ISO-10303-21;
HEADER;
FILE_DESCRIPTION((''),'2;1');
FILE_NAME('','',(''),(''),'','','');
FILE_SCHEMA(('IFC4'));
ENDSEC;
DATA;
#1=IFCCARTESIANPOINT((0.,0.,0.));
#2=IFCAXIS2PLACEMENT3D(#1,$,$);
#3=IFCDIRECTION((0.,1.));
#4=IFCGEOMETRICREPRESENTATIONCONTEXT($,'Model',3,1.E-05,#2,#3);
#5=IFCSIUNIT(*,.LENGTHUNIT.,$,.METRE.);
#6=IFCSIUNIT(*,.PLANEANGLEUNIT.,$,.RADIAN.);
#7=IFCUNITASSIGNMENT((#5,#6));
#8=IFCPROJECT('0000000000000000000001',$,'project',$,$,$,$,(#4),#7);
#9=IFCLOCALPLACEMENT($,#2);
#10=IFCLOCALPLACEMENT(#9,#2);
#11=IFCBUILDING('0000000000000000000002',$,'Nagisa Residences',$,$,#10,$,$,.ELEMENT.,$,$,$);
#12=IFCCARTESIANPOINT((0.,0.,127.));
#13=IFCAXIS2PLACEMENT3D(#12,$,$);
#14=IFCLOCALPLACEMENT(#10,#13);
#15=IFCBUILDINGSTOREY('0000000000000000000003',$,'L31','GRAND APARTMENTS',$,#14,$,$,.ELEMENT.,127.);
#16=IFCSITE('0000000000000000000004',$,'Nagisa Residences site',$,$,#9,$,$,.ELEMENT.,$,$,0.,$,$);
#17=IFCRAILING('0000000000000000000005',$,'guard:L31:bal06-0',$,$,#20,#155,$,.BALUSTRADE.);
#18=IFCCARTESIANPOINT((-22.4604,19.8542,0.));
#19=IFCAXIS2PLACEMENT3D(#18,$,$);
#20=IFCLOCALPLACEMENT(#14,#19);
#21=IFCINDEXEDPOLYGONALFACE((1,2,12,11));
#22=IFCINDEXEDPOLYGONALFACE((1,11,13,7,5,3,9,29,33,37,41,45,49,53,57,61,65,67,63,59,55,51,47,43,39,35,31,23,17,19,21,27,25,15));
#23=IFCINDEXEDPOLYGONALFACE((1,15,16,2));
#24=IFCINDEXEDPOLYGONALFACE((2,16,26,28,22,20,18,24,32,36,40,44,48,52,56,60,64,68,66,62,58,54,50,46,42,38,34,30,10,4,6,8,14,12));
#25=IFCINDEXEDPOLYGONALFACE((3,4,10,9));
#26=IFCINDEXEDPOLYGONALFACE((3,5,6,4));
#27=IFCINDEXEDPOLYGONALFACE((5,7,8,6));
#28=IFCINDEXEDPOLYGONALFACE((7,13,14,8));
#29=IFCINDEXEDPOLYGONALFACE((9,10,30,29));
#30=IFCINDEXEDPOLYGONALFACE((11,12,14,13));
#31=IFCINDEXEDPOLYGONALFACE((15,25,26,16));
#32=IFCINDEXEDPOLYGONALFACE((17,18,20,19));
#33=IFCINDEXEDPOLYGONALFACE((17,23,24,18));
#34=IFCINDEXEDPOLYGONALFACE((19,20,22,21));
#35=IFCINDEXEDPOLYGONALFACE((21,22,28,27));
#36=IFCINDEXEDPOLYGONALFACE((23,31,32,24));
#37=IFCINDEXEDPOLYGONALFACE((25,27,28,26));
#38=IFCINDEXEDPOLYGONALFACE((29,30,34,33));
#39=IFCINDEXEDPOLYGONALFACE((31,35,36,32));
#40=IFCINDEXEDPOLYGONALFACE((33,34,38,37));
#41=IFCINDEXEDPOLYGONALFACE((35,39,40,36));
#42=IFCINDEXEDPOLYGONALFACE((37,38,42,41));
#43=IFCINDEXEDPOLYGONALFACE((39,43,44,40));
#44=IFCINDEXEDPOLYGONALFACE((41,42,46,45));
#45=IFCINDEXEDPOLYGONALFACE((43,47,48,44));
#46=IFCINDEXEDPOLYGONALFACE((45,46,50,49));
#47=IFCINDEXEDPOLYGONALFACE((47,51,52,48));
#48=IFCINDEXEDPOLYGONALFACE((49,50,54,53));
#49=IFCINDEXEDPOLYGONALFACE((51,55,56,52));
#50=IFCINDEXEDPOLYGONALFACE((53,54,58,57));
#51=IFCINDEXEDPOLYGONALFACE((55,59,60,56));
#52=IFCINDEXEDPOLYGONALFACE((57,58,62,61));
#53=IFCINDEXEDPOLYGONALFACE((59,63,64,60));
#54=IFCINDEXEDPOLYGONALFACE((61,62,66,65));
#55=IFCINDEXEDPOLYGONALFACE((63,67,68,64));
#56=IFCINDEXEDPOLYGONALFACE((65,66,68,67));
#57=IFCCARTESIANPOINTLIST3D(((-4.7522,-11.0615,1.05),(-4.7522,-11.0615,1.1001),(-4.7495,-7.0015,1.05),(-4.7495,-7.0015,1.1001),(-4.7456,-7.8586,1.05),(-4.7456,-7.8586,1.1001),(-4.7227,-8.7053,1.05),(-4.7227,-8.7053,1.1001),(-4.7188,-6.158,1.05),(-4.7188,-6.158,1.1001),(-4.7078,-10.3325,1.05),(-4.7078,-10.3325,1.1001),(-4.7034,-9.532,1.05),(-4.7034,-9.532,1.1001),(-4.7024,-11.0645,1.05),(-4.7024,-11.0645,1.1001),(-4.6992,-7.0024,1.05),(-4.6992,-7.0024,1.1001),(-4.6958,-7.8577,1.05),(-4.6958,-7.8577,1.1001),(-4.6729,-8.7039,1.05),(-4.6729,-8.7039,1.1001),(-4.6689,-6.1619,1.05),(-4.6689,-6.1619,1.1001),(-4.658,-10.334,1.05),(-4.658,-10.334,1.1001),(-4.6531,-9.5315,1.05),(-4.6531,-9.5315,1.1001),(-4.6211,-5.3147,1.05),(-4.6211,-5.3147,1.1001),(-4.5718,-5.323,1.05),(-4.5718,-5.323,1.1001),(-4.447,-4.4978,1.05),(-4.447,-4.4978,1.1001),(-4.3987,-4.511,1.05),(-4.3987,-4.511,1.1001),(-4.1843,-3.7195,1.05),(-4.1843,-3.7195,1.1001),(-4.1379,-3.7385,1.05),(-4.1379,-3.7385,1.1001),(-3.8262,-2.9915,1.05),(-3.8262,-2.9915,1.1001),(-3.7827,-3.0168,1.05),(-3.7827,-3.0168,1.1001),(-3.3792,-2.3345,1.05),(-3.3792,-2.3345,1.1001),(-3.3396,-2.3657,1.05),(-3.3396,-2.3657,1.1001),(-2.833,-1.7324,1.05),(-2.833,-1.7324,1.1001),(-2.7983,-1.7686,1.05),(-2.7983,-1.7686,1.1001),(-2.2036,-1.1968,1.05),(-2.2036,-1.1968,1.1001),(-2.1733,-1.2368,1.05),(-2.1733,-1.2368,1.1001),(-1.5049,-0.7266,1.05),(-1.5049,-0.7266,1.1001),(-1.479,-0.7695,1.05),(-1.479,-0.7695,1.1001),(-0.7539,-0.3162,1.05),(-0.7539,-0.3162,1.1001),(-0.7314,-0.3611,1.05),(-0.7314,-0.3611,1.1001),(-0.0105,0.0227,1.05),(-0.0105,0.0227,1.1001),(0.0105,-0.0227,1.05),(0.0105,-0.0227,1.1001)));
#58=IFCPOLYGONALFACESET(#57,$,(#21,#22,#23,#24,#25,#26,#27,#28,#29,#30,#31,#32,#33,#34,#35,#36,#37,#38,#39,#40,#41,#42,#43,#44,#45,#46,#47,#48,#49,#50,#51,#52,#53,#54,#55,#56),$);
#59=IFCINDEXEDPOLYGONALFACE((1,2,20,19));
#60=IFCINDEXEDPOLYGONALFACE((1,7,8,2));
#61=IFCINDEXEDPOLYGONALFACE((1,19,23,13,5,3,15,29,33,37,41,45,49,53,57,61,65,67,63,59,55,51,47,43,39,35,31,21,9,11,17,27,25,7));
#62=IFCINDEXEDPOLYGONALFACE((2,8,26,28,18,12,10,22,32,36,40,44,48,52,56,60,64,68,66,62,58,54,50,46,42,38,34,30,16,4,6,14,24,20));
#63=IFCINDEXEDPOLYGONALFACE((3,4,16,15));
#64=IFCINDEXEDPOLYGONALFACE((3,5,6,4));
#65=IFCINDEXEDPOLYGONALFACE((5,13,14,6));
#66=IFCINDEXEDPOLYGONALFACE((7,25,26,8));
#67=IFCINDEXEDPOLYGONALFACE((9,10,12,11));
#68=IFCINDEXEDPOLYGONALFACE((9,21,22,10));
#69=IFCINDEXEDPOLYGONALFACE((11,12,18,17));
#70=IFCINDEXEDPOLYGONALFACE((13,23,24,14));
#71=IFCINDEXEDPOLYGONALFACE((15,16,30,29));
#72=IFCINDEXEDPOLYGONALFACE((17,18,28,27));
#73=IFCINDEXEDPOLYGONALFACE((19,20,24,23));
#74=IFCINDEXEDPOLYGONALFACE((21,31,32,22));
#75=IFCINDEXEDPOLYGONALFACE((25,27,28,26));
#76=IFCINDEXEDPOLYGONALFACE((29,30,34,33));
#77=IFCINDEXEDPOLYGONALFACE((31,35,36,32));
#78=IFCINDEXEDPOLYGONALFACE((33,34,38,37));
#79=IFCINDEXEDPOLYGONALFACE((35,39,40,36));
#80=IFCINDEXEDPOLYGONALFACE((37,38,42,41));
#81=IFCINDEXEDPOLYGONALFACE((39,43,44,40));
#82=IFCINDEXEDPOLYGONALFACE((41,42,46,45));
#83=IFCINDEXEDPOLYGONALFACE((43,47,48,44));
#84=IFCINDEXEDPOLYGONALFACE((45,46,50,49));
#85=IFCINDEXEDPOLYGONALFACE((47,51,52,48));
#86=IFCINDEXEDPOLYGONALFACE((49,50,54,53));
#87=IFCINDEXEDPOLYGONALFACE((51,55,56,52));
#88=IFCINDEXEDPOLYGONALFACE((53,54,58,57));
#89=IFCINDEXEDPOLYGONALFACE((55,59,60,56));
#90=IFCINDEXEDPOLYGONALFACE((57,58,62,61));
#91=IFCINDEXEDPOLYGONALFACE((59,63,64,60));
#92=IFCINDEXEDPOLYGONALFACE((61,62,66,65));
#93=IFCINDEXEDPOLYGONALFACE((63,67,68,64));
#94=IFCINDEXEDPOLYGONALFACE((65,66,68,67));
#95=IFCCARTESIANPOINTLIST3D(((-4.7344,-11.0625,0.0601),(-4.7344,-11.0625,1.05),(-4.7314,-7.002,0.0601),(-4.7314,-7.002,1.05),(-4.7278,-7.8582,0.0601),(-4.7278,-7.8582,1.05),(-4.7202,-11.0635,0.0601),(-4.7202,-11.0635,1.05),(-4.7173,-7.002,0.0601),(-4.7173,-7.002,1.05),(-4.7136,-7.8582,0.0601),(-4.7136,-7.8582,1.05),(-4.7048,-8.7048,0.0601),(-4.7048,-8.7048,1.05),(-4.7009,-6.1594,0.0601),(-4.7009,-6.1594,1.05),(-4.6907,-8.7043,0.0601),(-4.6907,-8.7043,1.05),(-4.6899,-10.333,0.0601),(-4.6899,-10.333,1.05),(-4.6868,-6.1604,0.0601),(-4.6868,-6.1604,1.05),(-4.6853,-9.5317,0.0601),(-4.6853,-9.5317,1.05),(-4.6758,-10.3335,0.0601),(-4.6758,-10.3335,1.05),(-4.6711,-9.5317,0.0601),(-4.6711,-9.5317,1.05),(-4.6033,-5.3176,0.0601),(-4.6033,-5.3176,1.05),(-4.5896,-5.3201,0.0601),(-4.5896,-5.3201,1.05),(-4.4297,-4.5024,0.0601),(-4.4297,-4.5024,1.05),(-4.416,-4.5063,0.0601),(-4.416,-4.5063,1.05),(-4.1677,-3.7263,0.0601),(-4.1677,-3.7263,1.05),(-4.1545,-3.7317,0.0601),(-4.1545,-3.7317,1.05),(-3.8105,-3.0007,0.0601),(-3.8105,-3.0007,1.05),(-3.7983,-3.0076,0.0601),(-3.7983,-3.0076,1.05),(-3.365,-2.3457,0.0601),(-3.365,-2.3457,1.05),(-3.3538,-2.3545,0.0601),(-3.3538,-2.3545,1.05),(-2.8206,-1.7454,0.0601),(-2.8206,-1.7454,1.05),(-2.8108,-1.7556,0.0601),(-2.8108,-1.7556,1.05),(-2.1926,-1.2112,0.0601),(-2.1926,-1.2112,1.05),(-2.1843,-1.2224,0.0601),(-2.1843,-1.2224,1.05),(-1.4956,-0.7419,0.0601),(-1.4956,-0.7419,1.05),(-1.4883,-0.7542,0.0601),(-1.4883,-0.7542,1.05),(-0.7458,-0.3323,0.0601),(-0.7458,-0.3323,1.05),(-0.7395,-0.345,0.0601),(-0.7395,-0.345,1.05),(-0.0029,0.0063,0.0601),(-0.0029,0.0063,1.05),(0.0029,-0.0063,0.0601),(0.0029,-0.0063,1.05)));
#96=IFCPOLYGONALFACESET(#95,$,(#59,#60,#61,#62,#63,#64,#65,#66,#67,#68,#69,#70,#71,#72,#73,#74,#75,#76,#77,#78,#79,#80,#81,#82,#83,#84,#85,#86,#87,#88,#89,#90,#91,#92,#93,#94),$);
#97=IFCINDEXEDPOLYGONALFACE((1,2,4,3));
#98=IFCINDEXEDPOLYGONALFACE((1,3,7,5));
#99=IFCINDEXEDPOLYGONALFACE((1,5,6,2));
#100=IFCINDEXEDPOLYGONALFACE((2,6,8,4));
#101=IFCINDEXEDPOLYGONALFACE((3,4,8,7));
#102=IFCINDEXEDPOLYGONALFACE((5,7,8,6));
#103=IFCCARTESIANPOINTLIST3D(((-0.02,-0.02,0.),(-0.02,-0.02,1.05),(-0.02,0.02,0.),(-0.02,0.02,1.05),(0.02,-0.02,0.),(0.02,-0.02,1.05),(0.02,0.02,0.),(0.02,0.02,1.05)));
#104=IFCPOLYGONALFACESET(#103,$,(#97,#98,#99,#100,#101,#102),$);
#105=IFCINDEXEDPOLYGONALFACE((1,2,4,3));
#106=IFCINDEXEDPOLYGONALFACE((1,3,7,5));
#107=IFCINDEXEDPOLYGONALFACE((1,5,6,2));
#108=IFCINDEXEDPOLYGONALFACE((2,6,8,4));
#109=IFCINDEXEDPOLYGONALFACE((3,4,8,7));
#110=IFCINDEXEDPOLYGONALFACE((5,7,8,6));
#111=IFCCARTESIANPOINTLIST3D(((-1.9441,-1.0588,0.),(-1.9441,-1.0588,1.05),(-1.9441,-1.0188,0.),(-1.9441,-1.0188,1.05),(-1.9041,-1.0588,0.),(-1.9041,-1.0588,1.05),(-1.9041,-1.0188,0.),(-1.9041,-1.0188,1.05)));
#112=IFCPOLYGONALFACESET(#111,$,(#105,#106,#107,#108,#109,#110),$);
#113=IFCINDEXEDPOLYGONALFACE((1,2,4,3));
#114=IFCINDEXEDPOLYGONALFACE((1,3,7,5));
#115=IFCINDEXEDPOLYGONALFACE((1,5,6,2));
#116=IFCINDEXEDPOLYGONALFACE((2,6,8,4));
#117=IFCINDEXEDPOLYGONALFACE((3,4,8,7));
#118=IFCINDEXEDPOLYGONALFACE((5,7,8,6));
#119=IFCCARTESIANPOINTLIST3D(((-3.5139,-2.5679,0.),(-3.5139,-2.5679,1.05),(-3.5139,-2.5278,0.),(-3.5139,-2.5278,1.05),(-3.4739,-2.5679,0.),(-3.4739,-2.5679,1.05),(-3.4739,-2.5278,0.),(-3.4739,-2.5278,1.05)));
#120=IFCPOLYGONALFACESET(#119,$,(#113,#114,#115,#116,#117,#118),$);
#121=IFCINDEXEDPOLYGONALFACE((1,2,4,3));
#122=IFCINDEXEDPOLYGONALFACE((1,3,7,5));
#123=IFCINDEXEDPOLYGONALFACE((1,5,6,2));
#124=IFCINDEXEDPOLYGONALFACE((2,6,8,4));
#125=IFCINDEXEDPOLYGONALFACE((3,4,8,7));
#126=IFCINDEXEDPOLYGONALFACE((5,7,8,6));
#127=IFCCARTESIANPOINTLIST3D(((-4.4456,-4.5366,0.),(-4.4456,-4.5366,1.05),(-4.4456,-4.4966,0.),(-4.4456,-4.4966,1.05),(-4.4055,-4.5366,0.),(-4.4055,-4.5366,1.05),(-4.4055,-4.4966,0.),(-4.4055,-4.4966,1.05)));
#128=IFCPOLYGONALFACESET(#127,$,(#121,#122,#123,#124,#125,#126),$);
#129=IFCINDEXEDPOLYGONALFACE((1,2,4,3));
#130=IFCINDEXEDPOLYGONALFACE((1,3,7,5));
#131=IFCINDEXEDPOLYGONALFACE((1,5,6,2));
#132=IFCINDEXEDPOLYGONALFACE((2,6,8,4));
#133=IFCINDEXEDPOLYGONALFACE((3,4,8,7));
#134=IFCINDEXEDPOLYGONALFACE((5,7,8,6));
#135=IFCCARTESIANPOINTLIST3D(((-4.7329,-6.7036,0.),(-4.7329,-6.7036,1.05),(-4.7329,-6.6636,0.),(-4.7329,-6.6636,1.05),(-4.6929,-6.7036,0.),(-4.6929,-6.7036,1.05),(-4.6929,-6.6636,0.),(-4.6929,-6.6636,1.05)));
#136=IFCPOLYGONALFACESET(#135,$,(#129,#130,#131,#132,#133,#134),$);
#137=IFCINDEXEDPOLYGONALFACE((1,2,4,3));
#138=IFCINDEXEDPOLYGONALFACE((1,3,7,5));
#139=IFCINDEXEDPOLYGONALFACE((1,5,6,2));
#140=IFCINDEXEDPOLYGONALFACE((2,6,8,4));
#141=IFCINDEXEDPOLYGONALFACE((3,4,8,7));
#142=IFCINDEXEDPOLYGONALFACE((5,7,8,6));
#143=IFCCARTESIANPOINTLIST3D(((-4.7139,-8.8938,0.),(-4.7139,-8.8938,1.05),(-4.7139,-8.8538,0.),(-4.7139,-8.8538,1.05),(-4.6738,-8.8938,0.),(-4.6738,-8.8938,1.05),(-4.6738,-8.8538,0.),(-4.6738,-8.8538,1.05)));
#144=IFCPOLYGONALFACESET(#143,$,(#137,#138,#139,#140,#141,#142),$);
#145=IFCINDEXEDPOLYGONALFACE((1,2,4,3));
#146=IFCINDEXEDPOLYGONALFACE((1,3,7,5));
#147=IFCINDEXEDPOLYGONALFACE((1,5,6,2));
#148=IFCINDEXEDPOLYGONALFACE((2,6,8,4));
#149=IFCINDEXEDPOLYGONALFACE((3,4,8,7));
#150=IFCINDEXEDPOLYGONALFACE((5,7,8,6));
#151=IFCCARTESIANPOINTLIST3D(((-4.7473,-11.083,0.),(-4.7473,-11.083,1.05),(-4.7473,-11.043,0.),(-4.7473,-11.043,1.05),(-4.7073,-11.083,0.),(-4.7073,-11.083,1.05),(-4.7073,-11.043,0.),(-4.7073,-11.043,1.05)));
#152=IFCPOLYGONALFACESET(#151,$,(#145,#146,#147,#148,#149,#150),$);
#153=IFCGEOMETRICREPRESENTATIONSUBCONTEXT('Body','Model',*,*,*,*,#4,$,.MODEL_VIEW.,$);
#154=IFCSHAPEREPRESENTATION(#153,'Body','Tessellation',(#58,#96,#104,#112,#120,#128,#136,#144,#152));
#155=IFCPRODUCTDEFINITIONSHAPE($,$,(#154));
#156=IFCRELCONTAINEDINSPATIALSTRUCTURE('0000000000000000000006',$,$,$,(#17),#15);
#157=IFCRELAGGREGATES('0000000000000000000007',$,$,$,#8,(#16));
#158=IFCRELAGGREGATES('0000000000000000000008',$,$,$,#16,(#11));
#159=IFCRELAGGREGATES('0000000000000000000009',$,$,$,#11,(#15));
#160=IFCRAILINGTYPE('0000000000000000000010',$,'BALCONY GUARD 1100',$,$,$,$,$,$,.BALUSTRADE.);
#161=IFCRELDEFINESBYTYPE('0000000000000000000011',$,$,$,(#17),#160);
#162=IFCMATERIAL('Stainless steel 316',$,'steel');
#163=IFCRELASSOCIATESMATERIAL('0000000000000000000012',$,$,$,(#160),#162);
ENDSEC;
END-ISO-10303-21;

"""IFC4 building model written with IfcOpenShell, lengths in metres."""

from ifc_helpers import new_model, si_unit, direction, frame, origin, origin_2d, place, context, subcontext, project, spatial, polyline, rectangle, outline, extrude, material, type_object, element, save


model = new_model("IFC4")

# Units and contexts
model_context = context("Model", 3, precision=1e-05, world=origin(), true_north=direction((0.0, 1.0)))
body_context = subcontext(model_context, "Body", "Model", "MODEL_VIEW")
ifc_project = project(units=[si_unit("LENGTHUNIT", "METRE"), si_unit("PLANEANGLEUNIT", "RADIAN")], contexts=[model_context])

# Site, building, storey
site_placement = place(None, origin())
site = spatial("IfcSite", under=ifc_project, at=site_placement, Name="Nagisa Residences site", CompositionType="ELEMENT", RefElevation=0.0)
building_placement = place(site_placement, origin())
building = spatial("IfcBuilding", under=site, at=building_placement, Name="Nagisa Residences", CompositionType="ELEMENT")
storey_placement = place(building_placement, frame((0.0, 0.0, 127.0)))
storey = spatial("IfcBuildingStorey", under=building, at=storey_placement, Name="L31", Description="GRAND APARTMENTS", CompositionType="ELEMENT", Elevation=127.0)

# Railing
ifc_material_1 = material(Name="Stainless steel 316", Category="steel")
railing_type = type_object("IfcRailingType", Name="BALCONY GUARD 1100", PredefinedType="BALUSTRADE", material=ifc_material_1)
railing_1_placement = place(storey_placement, frame((-22.4604, 19.8542, 0.0)))
element("IfcRailing", 1, at=railing_1_placement, inside=storey, type_object=railing_type, Name="guard:L31:bal06-0", PredefinedType="BALUSTRADE", context=body_context, shape_type="SweptSolid", body=[
    extrude(outline(polyline([(-0.7314, -0.3611), (0.0105, -0.0227), (-0.0105, 0.0227), (-0.7539, -0.3162), (-1.5049, -0.7266), (-2.2036, -1.1968), (-2.833, -1.7324), (-3.3792, -2.3345), (-3.8262, -2.9915), (-4.1843, -3.7195), (-4.447, -4.4978), (-4.6211, -5.3147), (-4.7188, -6.158), (-4.7495, -7.0015), (-4.7456, -7.8586), (-4.7227, -8.7053), (-4.7034, -9.532), (-4.7078, -10.3325), (-4.7522, -11.0615), (-4.7024, -11.0645), (-4.658, -10.334), (-4.6531, -9.5315), (-4.6729, -8.7039), (-4.6958, -7.8577), (-4.6992, -7.0024), (-4.6689, -6.1619), (-4.5718, -5.323), (-4.3987, -4.511), (-4.1379, -3.7385), (-3.7827, -3.0168), (-3.3396, -2.3657), (-2.7983, -1.7686), (-2.1733, -1.2368), (-1.479, -0.7695), (-0.7314, -0.3611)])), frame((0.0, 0.0, 1.05)), (0.0, 0.0, 1.0), 0.05),
    extrude(outline(polyline([(-0.7395, -0.345), (0.0029, -0.0063), (-0.0029, 0.0063), (-0.7458, -0.3323), (-1.4956, -0.7419), (-2.1926, -1.2112), (-2.8206, -1.7454), (-3.365, -2.3457), (-3.8105, -3.0007), (-4.1677, -3.7263), (-4.4297, -4.5024), (-4.6033, -5.3176), (-4.7009, -6.1594), (-4.7314, -7.002), (-4.7278, -7.8582), (-4.7048, -8.7048), (-4.6853, -9.5317), (-4.6899, -10.333), (-4.7344, -11.0625), (-4.7202, -11.0635), (-4.6758, -10.3335), (-4.6711, -9.5317), (-4.6907, -8.7043), (-4.7136, -7.8582), (-4.7173, -7.002), (-4.6868, -6.1604), (-4.5896, -5.3201), (-4.416, -4.5063), (-4.1545, -3.7317), (-3.7983, -3.0076), (-3.3538, -2.3545), (-2.8108, -1.7556), (-2.1843, -1.2224), (-1.4883, -0.7542), (-0.7395, -0.345)])), frame((0.0, 0.0, 0.0601)), (0.0, 0.0, 1.0), 0.99),
    extrude(rectangle(XDim=0.04, YDim=0.04, at=origin_2d()), origin(), (0.0, 0.0, 1.0), 1.05),
    extrude(rectangle(XDim=0.04, YDim=0.04, at=origin_2d()), frame((-1.9241, -1.0388, 0.0)), (0.0, 0.0, 1.0), 1.05),
    extrude(rectangle(XDim=0.04, YDim=0.04, at=origin_2d()), frame((-3.4939, -2.5479, 0.0)), (0.0, 0.0, 1.0), 1.05),
    extrude(rectangle(XDim=0.04, YDim=0.04, at=origin_2d()), frame((-4.4255, -4.5166, 0.0)), (0.0, 0.0, 1.0), 1.05),
    extrude(rectangle(XDim=0.04, YDim=0.04, at=origin_2d()), frame((-4.7129, -6.6836, 0.0)), (0.0, 0.0, 1.0), 1.05),
    extrude(rectangle(XDim=0.04, YDim=0.04, at=origin_2d()), frame((-4.6938, -8.8738, 0.0)), (0.0, 0.0, 1.0), 1.05),
    extrude(rectangle(XDim=0.04, YDim=0.04, at=origin_2d()), frame((-4.7273, -11.063, 0.0)), (0.0, 0.0, 1.0), 1.05),
])

save(model, "model.ifc")
